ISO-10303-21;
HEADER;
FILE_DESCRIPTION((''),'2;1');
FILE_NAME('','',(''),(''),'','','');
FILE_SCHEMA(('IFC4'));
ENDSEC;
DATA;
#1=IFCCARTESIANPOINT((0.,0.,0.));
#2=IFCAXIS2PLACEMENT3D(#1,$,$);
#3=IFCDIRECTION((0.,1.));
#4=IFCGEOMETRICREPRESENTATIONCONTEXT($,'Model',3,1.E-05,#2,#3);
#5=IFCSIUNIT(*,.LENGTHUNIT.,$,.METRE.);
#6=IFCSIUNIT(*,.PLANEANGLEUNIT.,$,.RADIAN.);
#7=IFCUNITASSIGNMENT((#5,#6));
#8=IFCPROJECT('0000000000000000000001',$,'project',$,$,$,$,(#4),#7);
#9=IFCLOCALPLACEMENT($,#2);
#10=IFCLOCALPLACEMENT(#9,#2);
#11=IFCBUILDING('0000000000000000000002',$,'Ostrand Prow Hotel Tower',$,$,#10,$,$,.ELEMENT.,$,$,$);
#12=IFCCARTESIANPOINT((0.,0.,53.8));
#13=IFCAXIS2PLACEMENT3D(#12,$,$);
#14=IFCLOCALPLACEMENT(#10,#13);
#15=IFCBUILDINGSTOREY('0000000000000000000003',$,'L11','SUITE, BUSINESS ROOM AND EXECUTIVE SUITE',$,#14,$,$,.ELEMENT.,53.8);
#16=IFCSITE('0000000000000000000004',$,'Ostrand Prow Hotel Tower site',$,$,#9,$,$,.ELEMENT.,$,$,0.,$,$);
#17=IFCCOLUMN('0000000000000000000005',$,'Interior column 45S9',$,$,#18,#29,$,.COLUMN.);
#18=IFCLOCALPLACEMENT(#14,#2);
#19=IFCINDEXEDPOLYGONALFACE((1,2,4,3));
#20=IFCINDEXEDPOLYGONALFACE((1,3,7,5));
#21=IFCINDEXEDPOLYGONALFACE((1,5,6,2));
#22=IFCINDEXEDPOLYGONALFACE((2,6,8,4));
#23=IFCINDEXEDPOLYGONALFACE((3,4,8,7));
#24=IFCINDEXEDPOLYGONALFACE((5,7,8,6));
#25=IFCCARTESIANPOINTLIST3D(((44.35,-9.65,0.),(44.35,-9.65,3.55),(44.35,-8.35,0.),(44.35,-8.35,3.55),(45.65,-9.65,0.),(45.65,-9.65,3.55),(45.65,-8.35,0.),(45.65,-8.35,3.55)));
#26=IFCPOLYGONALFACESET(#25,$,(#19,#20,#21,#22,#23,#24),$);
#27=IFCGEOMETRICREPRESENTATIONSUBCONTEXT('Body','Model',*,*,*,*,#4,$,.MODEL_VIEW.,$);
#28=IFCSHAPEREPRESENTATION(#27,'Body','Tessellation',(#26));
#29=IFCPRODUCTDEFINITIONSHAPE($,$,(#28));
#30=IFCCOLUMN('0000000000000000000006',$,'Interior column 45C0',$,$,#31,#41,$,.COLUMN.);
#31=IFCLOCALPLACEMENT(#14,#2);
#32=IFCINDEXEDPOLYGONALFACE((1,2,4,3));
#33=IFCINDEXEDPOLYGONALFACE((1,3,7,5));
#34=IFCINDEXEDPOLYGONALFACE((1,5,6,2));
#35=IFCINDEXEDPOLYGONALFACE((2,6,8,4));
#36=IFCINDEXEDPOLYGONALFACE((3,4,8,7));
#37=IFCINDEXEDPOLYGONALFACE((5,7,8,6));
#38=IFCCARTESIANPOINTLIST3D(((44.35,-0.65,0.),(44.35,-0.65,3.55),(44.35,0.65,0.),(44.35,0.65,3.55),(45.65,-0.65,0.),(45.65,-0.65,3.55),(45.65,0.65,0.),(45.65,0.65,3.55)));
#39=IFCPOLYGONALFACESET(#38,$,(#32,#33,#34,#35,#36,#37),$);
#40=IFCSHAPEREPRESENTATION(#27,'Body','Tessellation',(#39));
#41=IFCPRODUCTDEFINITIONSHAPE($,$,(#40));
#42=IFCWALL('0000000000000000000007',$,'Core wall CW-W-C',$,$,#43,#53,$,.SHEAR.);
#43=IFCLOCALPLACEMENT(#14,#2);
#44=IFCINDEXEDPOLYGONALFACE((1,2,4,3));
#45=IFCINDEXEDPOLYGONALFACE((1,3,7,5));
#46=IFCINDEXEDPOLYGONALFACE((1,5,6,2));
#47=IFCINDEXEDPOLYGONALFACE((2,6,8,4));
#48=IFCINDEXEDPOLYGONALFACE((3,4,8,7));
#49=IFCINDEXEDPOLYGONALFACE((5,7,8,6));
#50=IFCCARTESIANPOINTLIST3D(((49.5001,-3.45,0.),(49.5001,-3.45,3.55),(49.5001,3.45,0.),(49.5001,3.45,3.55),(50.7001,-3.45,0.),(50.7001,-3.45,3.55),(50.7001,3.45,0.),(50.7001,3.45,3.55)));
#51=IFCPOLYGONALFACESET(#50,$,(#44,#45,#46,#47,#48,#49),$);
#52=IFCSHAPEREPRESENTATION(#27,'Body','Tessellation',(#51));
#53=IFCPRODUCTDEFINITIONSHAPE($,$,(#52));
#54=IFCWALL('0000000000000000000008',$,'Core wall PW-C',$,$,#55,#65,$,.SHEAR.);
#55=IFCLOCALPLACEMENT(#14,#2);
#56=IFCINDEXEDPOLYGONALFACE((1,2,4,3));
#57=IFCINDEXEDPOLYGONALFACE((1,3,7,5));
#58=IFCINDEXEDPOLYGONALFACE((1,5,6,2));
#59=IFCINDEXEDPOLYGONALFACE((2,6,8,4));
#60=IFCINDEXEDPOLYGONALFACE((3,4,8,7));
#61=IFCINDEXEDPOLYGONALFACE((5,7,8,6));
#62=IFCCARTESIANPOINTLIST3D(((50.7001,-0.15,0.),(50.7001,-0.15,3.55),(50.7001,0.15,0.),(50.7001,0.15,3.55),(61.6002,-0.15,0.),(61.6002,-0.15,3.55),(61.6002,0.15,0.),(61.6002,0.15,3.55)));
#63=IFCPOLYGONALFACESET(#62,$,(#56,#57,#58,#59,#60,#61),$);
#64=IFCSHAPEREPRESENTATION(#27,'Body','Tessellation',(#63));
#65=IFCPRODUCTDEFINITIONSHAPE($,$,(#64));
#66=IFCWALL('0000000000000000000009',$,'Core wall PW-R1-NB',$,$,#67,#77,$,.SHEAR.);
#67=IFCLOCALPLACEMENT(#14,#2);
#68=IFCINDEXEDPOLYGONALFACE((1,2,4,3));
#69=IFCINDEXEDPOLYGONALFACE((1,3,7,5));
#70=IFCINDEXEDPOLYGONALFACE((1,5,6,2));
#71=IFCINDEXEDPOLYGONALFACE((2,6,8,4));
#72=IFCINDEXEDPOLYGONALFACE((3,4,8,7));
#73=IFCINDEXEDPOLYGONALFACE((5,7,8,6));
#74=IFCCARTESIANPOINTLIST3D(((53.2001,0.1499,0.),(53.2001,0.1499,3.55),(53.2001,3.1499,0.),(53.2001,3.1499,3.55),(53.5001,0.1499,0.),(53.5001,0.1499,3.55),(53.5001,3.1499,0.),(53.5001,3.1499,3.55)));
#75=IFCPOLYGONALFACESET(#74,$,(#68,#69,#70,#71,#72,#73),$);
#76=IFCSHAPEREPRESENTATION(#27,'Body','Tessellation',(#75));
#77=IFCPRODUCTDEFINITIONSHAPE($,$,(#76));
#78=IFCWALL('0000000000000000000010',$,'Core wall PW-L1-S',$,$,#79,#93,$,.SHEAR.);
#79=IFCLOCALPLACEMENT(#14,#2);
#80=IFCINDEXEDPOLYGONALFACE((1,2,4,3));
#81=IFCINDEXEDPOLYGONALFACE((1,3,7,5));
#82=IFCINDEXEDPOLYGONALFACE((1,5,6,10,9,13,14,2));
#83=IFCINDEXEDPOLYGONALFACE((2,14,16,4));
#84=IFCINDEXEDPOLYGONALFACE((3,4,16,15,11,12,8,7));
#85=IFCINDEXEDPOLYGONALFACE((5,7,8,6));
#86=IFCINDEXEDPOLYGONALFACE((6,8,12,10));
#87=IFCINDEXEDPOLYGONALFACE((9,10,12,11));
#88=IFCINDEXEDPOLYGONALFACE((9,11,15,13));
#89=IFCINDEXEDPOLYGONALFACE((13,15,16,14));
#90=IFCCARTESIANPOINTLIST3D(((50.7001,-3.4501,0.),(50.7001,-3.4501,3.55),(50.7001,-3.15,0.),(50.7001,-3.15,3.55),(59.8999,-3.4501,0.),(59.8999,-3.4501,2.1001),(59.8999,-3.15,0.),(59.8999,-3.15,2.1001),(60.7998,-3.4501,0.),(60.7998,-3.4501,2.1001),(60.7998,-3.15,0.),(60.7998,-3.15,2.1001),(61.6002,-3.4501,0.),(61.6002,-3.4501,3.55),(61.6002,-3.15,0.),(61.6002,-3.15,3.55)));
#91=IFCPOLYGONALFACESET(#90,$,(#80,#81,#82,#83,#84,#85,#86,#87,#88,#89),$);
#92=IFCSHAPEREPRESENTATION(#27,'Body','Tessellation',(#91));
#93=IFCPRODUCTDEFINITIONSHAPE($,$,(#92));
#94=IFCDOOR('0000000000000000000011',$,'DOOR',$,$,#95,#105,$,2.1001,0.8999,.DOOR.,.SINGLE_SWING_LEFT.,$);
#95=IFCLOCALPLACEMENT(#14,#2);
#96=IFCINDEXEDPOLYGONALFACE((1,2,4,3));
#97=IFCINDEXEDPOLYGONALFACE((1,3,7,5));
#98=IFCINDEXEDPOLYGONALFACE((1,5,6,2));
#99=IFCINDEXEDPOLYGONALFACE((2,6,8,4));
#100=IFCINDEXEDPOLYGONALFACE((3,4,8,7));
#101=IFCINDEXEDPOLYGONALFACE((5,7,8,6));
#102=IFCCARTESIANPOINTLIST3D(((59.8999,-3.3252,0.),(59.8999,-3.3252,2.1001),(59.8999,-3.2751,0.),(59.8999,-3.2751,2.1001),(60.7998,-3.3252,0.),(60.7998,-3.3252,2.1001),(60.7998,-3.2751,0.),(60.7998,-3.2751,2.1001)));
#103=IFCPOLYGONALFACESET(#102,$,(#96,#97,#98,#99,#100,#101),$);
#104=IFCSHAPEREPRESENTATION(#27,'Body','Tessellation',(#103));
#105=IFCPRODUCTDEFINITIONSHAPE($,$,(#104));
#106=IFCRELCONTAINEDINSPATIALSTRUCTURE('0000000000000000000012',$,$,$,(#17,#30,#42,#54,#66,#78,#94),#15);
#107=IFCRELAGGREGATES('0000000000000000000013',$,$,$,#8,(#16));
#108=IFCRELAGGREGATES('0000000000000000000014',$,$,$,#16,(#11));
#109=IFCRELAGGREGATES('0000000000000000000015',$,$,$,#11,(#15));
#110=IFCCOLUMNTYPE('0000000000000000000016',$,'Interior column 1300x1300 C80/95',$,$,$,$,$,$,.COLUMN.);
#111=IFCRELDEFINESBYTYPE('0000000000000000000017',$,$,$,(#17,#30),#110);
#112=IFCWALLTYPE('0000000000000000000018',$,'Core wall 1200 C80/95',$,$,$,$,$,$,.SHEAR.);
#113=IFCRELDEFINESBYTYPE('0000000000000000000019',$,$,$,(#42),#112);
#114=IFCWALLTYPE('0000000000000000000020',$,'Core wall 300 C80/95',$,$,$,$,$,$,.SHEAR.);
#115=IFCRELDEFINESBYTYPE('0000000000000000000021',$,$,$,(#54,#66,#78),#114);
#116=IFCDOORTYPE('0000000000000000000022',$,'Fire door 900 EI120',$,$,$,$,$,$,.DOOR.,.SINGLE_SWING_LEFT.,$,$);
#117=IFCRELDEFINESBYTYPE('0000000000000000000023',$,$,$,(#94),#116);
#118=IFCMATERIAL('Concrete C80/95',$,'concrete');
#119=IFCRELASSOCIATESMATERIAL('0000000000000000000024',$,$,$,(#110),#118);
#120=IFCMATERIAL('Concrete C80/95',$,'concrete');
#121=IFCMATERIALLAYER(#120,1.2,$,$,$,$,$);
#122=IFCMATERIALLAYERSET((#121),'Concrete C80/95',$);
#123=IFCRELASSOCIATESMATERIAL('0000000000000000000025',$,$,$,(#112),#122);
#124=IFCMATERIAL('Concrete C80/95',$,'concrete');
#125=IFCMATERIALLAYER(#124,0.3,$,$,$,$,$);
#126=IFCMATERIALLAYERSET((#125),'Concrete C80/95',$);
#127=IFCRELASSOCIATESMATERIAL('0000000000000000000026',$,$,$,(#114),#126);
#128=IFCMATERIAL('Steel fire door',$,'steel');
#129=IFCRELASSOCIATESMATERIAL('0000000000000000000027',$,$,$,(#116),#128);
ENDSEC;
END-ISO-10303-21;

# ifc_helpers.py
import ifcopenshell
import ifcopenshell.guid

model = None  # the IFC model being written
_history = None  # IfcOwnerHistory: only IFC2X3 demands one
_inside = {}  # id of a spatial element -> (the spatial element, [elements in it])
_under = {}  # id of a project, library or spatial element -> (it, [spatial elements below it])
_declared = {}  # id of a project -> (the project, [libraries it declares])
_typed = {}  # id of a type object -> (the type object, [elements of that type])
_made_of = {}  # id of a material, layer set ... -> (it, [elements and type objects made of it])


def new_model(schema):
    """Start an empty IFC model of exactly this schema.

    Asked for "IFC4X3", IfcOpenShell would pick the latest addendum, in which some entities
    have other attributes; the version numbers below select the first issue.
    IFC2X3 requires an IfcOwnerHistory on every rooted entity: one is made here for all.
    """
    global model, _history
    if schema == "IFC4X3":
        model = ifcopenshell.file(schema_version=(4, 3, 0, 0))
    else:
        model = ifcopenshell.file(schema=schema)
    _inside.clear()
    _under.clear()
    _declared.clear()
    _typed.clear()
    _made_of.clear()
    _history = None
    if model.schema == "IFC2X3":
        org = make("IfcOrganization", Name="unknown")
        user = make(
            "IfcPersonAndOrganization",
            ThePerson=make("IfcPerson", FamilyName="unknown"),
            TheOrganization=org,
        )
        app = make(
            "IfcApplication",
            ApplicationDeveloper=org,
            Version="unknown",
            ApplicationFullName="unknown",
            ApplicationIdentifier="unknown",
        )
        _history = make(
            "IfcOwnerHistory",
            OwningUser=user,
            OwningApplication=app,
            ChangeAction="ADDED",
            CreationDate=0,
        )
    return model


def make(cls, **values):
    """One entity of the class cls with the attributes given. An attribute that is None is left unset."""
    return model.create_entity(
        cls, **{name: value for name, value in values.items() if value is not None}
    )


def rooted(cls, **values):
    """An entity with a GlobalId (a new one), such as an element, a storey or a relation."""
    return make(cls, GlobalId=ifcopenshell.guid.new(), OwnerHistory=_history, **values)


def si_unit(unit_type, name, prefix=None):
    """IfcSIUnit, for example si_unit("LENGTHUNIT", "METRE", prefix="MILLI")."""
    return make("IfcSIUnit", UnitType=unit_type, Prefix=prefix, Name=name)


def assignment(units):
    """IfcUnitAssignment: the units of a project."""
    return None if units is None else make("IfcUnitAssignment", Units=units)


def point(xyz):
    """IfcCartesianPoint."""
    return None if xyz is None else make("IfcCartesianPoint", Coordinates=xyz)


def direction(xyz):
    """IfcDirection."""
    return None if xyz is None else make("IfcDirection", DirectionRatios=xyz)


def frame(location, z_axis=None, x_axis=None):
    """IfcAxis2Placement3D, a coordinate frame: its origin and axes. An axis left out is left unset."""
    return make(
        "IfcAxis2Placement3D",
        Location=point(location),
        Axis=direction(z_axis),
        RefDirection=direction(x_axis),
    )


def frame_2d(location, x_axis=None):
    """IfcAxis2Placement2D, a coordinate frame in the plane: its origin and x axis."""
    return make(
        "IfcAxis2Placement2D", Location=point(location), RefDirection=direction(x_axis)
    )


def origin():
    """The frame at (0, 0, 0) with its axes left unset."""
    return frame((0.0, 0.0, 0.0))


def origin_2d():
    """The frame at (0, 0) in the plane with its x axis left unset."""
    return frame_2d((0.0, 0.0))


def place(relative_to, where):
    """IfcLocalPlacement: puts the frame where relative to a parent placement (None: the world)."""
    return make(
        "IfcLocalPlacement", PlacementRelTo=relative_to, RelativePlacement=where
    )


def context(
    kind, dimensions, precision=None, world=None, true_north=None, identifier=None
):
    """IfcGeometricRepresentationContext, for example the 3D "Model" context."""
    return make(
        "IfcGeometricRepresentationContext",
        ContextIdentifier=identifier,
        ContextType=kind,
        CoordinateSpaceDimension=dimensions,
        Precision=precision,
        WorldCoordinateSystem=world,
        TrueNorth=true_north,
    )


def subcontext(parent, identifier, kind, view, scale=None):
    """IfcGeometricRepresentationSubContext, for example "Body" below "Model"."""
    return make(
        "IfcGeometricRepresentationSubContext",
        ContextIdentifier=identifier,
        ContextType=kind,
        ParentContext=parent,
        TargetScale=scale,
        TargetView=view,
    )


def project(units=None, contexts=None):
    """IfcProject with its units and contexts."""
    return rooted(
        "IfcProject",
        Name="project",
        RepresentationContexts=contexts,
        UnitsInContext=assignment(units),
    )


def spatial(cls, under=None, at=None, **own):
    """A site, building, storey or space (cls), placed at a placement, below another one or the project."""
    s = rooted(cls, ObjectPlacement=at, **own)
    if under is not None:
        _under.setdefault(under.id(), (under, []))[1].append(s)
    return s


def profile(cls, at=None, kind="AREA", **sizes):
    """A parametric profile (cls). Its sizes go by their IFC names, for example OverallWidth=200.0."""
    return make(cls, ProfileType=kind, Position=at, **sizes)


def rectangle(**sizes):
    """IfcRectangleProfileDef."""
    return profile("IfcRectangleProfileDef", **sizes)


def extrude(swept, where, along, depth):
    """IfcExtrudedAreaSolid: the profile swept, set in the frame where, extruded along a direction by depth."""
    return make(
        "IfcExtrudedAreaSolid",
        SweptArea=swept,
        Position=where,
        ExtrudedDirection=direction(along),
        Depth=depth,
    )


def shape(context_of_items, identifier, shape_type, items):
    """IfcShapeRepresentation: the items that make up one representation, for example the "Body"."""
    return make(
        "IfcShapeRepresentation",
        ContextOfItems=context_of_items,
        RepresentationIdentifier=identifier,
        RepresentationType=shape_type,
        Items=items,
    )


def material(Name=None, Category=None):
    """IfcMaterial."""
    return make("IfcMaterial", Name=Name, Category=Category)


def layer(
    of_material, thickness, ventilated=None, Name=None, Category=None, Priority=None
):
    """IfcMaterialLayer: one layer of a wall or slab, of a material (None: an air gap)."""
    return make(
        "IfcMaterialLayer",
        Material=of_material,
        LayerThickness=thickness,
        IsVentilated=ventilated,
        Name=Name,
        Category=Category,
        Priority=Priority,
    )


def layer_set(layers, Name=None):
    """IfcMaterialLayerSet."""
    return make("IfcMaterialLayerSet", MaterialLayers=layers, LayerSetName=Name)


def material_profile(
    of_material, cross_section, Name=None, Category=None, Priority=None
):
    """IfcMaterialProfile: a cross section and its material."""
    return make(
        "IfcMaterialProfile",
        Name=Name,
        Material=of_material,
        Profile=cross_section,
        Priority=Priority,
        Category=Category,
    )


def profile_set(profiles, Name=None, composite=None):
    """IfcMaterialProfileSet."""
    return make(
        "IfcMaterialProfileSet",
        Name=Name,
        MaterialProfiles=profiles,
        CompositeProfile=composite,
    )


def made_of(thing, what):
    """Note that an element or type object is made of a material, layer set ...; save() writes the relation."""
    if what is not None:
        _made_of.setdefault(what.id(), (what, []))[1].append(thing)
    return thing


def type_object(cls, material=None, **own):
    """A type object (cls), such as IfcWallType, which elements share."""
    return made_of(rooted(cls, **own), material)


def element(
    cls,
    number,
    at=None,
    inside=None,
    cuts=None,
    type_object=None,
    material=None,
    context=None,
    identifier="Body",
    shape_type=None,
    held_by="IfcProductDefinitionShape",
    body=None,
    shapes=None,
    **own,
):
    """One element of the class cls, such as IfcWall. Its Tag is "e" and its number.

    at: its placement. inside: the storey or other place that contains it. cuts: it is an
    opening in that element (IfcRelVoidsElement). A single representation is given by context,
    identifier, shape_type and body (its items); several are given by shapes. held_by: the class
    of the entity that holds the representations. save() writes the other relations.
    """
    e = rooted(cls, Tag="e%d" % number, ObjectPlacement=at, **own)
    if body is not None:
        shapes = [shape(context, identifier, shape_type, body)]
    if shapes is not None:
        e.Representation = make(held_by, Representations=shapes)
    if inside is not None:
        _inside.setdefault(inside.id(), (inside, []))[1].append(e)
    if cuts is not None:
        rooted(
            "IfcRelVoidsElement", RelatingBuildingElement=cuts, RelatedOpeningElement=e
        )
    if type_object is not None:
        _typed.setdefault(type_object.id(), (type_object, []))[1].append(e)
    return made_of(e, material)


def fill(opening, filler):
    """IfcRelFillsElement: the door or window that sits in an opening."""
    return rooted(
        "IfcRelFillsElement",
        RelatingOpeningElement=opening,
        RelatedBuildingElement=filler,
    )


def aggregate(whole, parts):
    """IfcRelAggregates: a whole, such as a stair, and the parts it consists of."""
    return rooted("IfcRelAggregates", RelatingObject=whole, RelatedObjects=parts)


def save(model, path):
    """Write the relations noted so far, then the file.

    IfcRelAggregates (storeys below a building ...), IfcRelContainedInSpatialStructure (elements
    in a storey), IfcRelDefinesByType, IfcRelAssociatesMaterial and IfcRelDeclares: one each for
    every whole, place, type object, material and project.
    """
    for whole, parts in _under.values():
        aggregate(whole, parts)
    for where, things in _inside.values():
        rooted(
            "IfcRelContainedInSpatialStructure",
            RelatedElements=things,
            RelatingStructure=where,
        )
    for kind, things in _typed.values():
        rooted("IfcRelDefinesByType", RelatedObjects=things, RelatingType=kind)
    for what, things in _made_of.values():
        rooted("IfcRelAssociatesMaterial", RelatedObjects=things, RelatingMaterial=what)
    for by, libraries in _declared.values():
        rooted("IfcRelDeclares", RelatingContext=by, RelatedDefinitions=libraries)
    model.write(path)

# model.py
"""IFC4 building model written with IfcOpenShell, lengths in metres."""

from ifc_helpers import new_model, si_unit, direction, frame, frame_2d, origin, origin_2d, place, context, subcontext, project, spatial, rectangle, extrude, material, layer, layer_set, material_profile, profile_set, type_object, element, fill, save


model = new_model("IFC4")

# Units and contexts
model_context = context("Model", 3, precision=1e-05, world=origin(), true_north=direction((0.0, 1.0)))
body_context = subcontext(model_context, "Body", "Model", "MODEL_VIEW")
ifc_project = project(units=[si_unit("LENGTHUNIT", "METRE"), si_unit("PLANEANGLEUNIT", "RADIAN")], contexts=[model_context])

# Site, building, storey
site_placement = place(None, origin())
site = spatial("IfcSite", under=ifc_project, at=site_placement, Name="Ostrand Prow Hotel Tower site", CompositionType="ELEMENT", RefElevation=0.0)
building_placement = place(site_placement, origin())
building = spatial("IfcBuilding", under=site, at=building_placement, Name="Ostrand Prow Hotel Tower", CompositionType="ELEMENT")
storey_placement = place(building_placement, frame((0.0, 0.0, 53.8)))
storey = spatial("IfcBuildingStorey", under=building, at=storey_placement, Name="L11", Description="SUITE, BUSINESS ROOM AND EXECUTIVE SUITE", CompositionType="ELEMENT", Elevation=53.8)

# Columns
ifc_material_1 = material(Name="Concrete C80/95", Category="concrete")
ifc_material_profile = material_profile(ifc_material_1, rectangle(XDim=1.3, YDim=1.3, at=origin_2d()), Name="RC 1300x1300")
ifc_profile_set = profile_set([ifc_material_profile], Name="Concrete C80/95")
column_type = type_object("IfcColumnType", Name="Interior column 1300x1300 C80/95", PredefinedType="COLUMN", material=ifc_profile_set)
for number, where, z_axis, x_axis, name in (
    (1, (45.0, -9.0, 0.0), (0.0, 0.0, 1.0), (1.0, 0.0, 0.0), "Interior column 45S9"),
    (2, (45.0, 0.0, 0.0), (0.0, 0.0, 1.0), (1.0, 0.0, 0.0), "Interior column 45C0"),
):
    element("IfcColumn", number, at=place(storey_placement, frame(where, z_axis=z_axis, x_axis=x_axis)), inside=storey, type_object=column_type, Name=name, PredefinedType="COLUMN", context=body_context, shape_type="SweptSolid", body=[
        extrude(rectangle(XDim=1.3, YDim=1.3, at=origin_2d()), origin(), (0.0, 0.0, 1.0), 3.55),
    ])

# Walls
ifc_material_2 = material(Name="Concrete C80/95", Category="concrete")
ifc_layer_1 = layer(ifc_material_2, 1.2)
ifc_layer_set_1 = layer_set([ifc_layer_1], Name="Concrete C80/95")
wall_type_1 = type_object("IfcWallType", Name="Core wall 1200 C80/95", PredefinedType="SHEAR", material=ifc_layer_set_1)
wall_1_placement = place(storey_placement, frame((50.1001, -3.45, 0.0), z_axis=(0.0, 0.0, 1.0), x_axis=(0.0, 1.0, 0.0)))
element("IfcWall", 3, at=wall_1_placement, inside=storey, type_object=wall_type_1, Name="Core wall CW-W-C", PredefinedType="SHEAR", context=body_context, shape_type="SweptSolid", body=[
    extrude(rectangle(XDim=6.8999, YDim=1.2, at=frame_2d((3.45, 0.0))), origin(), (0.0, 0.0, 1.0), 3.55),
])
ifc_material_3 = material(Name="Concrete C80/95", Category="concrete")
ifc_layer_2 = layer(ifc_material_3, 0.3)
ifc_layer_set_2 = layer_set([ifc_layer_2], Name="Concrete C80/95")
wall_type_2 = type_object("IfcWallType", Name="Core wall 300 C80/95", PredefinedType="SHEAR", material=ifc_layer_set_2)
wall_2_placement = place(storey_placement, frame((50.7, 0.0, 0.0), z_axis=(0.0, 0.0, 1.0), x_axis=(1.0, 0.0, 0.0)))
element("IfcWall", 4, at=wall_2_placement, inside=storey, type_object=wall_type_2, Name="Core wall PW-C", PredefinedType="SHEAR", context=body_context, shape_type="SweptSolid", body=[
    extrude(rectangle(XDim=10.9001, YDim=0.3, at=frame_2d((5.4502, 0.0))), origin(), (0.0, 0.0, 1.0), 3.55),
])
wall_3_placement = place(storey_placement, frame((53.3501, 0.1499, 0.0), z_axis=(0.0, 0.0, 1.0), x_axis=(0.0, 1.0, 0.0)))
element("IfcWall", 5, at=wall_3_placement, inside=storey, type_object=wall_type_2, Name="Core wall PW-R1-NB", PredefinedType="SHEAR", context=body_context, shape_type="SweptSolid", body=[
    extrude(rectangle(XDim=3.0, YDim=0.3, at=frame_2d((1.5, 0.0))), origin(), (0.0, 0.0, 1.0), 3.55),
])

# Wall, opening, door
wall_4_placement = place(storey_placement, frame((50.7, -3.3, 0.0), z_axis=(0.0, 0.0, 1.0), x_axis=(1.0, 0.0, 0.0)))
wall_4 = element("IfcWall", 6, at=wall_4_placement, inside=storey, type_object=wall_type_2, Name="Core wall PW-L1-S", PredefinedType="SHEAR", context=body_context, shape_type="SweptSolid", body=[
    extrude(rectangle(XDim=10.9001, YDim=0.3, at=frame_2d((5.4502, 0.0))), origin(), (0.0, 0.0, 1.0), 3.55),
])
opening_1_placement = place(wall_4_placement, frame((9.2, 0.0, 0.0)))
opening_1 = element("IfcOpeningElement", 7, at=opening_1_placement, cuts=wall_4, PredefinedType="OPENING", context=body_context, shape_type="SweptSolid", body=[
    extrude(rectangle(XDim=0.8999, YDim=2.1001, at=frame_2d((0.45, 1.05))), frame((0.0, 0.1599, 0.0), z_axis=(0.0, -1.0, 0.0), x_axis=(1.0, 0.0, 0.0)), (0.0, 0.0, 1.0), 0.3201),
])
ifc_material_4 = material(Name="Steel fire door", Category="steel")
door_type_1 = type_object("IfcDoorType", Name="Fire door 900 EI120", OperationType="SINGLE_SWING_LEFT", PredefinedType="DOOR", material=ifc_material_4)
door_1_placement = place(opening_1_placement, origin())
door_1 = element("IfcDoor", 8, at=door_1_placement, inside=storey, type_object=door_type_1, Name="DOOR", OperationType="SINGLE_SWING_LEFT", OverallHeight=2.1001, OverallWidth=0.8999, PredefinedType="DOOR", context=body_context, shape_type="SweptSolid", body=[
    extrude(rectangle(XDim=0.8999, YDim=2.1001, at=frame_2d((0.45, 1.05))), frame((0.0, 0.0249, 0.0), z_axis=(0.0, -1.0, 0.0), x_axis=(1.0, 0.0, 0.0)), (0.0, 0.0, 1.0), 0.05),
])
fill(opening_1, door_1)

save(model, "model.ifc")
